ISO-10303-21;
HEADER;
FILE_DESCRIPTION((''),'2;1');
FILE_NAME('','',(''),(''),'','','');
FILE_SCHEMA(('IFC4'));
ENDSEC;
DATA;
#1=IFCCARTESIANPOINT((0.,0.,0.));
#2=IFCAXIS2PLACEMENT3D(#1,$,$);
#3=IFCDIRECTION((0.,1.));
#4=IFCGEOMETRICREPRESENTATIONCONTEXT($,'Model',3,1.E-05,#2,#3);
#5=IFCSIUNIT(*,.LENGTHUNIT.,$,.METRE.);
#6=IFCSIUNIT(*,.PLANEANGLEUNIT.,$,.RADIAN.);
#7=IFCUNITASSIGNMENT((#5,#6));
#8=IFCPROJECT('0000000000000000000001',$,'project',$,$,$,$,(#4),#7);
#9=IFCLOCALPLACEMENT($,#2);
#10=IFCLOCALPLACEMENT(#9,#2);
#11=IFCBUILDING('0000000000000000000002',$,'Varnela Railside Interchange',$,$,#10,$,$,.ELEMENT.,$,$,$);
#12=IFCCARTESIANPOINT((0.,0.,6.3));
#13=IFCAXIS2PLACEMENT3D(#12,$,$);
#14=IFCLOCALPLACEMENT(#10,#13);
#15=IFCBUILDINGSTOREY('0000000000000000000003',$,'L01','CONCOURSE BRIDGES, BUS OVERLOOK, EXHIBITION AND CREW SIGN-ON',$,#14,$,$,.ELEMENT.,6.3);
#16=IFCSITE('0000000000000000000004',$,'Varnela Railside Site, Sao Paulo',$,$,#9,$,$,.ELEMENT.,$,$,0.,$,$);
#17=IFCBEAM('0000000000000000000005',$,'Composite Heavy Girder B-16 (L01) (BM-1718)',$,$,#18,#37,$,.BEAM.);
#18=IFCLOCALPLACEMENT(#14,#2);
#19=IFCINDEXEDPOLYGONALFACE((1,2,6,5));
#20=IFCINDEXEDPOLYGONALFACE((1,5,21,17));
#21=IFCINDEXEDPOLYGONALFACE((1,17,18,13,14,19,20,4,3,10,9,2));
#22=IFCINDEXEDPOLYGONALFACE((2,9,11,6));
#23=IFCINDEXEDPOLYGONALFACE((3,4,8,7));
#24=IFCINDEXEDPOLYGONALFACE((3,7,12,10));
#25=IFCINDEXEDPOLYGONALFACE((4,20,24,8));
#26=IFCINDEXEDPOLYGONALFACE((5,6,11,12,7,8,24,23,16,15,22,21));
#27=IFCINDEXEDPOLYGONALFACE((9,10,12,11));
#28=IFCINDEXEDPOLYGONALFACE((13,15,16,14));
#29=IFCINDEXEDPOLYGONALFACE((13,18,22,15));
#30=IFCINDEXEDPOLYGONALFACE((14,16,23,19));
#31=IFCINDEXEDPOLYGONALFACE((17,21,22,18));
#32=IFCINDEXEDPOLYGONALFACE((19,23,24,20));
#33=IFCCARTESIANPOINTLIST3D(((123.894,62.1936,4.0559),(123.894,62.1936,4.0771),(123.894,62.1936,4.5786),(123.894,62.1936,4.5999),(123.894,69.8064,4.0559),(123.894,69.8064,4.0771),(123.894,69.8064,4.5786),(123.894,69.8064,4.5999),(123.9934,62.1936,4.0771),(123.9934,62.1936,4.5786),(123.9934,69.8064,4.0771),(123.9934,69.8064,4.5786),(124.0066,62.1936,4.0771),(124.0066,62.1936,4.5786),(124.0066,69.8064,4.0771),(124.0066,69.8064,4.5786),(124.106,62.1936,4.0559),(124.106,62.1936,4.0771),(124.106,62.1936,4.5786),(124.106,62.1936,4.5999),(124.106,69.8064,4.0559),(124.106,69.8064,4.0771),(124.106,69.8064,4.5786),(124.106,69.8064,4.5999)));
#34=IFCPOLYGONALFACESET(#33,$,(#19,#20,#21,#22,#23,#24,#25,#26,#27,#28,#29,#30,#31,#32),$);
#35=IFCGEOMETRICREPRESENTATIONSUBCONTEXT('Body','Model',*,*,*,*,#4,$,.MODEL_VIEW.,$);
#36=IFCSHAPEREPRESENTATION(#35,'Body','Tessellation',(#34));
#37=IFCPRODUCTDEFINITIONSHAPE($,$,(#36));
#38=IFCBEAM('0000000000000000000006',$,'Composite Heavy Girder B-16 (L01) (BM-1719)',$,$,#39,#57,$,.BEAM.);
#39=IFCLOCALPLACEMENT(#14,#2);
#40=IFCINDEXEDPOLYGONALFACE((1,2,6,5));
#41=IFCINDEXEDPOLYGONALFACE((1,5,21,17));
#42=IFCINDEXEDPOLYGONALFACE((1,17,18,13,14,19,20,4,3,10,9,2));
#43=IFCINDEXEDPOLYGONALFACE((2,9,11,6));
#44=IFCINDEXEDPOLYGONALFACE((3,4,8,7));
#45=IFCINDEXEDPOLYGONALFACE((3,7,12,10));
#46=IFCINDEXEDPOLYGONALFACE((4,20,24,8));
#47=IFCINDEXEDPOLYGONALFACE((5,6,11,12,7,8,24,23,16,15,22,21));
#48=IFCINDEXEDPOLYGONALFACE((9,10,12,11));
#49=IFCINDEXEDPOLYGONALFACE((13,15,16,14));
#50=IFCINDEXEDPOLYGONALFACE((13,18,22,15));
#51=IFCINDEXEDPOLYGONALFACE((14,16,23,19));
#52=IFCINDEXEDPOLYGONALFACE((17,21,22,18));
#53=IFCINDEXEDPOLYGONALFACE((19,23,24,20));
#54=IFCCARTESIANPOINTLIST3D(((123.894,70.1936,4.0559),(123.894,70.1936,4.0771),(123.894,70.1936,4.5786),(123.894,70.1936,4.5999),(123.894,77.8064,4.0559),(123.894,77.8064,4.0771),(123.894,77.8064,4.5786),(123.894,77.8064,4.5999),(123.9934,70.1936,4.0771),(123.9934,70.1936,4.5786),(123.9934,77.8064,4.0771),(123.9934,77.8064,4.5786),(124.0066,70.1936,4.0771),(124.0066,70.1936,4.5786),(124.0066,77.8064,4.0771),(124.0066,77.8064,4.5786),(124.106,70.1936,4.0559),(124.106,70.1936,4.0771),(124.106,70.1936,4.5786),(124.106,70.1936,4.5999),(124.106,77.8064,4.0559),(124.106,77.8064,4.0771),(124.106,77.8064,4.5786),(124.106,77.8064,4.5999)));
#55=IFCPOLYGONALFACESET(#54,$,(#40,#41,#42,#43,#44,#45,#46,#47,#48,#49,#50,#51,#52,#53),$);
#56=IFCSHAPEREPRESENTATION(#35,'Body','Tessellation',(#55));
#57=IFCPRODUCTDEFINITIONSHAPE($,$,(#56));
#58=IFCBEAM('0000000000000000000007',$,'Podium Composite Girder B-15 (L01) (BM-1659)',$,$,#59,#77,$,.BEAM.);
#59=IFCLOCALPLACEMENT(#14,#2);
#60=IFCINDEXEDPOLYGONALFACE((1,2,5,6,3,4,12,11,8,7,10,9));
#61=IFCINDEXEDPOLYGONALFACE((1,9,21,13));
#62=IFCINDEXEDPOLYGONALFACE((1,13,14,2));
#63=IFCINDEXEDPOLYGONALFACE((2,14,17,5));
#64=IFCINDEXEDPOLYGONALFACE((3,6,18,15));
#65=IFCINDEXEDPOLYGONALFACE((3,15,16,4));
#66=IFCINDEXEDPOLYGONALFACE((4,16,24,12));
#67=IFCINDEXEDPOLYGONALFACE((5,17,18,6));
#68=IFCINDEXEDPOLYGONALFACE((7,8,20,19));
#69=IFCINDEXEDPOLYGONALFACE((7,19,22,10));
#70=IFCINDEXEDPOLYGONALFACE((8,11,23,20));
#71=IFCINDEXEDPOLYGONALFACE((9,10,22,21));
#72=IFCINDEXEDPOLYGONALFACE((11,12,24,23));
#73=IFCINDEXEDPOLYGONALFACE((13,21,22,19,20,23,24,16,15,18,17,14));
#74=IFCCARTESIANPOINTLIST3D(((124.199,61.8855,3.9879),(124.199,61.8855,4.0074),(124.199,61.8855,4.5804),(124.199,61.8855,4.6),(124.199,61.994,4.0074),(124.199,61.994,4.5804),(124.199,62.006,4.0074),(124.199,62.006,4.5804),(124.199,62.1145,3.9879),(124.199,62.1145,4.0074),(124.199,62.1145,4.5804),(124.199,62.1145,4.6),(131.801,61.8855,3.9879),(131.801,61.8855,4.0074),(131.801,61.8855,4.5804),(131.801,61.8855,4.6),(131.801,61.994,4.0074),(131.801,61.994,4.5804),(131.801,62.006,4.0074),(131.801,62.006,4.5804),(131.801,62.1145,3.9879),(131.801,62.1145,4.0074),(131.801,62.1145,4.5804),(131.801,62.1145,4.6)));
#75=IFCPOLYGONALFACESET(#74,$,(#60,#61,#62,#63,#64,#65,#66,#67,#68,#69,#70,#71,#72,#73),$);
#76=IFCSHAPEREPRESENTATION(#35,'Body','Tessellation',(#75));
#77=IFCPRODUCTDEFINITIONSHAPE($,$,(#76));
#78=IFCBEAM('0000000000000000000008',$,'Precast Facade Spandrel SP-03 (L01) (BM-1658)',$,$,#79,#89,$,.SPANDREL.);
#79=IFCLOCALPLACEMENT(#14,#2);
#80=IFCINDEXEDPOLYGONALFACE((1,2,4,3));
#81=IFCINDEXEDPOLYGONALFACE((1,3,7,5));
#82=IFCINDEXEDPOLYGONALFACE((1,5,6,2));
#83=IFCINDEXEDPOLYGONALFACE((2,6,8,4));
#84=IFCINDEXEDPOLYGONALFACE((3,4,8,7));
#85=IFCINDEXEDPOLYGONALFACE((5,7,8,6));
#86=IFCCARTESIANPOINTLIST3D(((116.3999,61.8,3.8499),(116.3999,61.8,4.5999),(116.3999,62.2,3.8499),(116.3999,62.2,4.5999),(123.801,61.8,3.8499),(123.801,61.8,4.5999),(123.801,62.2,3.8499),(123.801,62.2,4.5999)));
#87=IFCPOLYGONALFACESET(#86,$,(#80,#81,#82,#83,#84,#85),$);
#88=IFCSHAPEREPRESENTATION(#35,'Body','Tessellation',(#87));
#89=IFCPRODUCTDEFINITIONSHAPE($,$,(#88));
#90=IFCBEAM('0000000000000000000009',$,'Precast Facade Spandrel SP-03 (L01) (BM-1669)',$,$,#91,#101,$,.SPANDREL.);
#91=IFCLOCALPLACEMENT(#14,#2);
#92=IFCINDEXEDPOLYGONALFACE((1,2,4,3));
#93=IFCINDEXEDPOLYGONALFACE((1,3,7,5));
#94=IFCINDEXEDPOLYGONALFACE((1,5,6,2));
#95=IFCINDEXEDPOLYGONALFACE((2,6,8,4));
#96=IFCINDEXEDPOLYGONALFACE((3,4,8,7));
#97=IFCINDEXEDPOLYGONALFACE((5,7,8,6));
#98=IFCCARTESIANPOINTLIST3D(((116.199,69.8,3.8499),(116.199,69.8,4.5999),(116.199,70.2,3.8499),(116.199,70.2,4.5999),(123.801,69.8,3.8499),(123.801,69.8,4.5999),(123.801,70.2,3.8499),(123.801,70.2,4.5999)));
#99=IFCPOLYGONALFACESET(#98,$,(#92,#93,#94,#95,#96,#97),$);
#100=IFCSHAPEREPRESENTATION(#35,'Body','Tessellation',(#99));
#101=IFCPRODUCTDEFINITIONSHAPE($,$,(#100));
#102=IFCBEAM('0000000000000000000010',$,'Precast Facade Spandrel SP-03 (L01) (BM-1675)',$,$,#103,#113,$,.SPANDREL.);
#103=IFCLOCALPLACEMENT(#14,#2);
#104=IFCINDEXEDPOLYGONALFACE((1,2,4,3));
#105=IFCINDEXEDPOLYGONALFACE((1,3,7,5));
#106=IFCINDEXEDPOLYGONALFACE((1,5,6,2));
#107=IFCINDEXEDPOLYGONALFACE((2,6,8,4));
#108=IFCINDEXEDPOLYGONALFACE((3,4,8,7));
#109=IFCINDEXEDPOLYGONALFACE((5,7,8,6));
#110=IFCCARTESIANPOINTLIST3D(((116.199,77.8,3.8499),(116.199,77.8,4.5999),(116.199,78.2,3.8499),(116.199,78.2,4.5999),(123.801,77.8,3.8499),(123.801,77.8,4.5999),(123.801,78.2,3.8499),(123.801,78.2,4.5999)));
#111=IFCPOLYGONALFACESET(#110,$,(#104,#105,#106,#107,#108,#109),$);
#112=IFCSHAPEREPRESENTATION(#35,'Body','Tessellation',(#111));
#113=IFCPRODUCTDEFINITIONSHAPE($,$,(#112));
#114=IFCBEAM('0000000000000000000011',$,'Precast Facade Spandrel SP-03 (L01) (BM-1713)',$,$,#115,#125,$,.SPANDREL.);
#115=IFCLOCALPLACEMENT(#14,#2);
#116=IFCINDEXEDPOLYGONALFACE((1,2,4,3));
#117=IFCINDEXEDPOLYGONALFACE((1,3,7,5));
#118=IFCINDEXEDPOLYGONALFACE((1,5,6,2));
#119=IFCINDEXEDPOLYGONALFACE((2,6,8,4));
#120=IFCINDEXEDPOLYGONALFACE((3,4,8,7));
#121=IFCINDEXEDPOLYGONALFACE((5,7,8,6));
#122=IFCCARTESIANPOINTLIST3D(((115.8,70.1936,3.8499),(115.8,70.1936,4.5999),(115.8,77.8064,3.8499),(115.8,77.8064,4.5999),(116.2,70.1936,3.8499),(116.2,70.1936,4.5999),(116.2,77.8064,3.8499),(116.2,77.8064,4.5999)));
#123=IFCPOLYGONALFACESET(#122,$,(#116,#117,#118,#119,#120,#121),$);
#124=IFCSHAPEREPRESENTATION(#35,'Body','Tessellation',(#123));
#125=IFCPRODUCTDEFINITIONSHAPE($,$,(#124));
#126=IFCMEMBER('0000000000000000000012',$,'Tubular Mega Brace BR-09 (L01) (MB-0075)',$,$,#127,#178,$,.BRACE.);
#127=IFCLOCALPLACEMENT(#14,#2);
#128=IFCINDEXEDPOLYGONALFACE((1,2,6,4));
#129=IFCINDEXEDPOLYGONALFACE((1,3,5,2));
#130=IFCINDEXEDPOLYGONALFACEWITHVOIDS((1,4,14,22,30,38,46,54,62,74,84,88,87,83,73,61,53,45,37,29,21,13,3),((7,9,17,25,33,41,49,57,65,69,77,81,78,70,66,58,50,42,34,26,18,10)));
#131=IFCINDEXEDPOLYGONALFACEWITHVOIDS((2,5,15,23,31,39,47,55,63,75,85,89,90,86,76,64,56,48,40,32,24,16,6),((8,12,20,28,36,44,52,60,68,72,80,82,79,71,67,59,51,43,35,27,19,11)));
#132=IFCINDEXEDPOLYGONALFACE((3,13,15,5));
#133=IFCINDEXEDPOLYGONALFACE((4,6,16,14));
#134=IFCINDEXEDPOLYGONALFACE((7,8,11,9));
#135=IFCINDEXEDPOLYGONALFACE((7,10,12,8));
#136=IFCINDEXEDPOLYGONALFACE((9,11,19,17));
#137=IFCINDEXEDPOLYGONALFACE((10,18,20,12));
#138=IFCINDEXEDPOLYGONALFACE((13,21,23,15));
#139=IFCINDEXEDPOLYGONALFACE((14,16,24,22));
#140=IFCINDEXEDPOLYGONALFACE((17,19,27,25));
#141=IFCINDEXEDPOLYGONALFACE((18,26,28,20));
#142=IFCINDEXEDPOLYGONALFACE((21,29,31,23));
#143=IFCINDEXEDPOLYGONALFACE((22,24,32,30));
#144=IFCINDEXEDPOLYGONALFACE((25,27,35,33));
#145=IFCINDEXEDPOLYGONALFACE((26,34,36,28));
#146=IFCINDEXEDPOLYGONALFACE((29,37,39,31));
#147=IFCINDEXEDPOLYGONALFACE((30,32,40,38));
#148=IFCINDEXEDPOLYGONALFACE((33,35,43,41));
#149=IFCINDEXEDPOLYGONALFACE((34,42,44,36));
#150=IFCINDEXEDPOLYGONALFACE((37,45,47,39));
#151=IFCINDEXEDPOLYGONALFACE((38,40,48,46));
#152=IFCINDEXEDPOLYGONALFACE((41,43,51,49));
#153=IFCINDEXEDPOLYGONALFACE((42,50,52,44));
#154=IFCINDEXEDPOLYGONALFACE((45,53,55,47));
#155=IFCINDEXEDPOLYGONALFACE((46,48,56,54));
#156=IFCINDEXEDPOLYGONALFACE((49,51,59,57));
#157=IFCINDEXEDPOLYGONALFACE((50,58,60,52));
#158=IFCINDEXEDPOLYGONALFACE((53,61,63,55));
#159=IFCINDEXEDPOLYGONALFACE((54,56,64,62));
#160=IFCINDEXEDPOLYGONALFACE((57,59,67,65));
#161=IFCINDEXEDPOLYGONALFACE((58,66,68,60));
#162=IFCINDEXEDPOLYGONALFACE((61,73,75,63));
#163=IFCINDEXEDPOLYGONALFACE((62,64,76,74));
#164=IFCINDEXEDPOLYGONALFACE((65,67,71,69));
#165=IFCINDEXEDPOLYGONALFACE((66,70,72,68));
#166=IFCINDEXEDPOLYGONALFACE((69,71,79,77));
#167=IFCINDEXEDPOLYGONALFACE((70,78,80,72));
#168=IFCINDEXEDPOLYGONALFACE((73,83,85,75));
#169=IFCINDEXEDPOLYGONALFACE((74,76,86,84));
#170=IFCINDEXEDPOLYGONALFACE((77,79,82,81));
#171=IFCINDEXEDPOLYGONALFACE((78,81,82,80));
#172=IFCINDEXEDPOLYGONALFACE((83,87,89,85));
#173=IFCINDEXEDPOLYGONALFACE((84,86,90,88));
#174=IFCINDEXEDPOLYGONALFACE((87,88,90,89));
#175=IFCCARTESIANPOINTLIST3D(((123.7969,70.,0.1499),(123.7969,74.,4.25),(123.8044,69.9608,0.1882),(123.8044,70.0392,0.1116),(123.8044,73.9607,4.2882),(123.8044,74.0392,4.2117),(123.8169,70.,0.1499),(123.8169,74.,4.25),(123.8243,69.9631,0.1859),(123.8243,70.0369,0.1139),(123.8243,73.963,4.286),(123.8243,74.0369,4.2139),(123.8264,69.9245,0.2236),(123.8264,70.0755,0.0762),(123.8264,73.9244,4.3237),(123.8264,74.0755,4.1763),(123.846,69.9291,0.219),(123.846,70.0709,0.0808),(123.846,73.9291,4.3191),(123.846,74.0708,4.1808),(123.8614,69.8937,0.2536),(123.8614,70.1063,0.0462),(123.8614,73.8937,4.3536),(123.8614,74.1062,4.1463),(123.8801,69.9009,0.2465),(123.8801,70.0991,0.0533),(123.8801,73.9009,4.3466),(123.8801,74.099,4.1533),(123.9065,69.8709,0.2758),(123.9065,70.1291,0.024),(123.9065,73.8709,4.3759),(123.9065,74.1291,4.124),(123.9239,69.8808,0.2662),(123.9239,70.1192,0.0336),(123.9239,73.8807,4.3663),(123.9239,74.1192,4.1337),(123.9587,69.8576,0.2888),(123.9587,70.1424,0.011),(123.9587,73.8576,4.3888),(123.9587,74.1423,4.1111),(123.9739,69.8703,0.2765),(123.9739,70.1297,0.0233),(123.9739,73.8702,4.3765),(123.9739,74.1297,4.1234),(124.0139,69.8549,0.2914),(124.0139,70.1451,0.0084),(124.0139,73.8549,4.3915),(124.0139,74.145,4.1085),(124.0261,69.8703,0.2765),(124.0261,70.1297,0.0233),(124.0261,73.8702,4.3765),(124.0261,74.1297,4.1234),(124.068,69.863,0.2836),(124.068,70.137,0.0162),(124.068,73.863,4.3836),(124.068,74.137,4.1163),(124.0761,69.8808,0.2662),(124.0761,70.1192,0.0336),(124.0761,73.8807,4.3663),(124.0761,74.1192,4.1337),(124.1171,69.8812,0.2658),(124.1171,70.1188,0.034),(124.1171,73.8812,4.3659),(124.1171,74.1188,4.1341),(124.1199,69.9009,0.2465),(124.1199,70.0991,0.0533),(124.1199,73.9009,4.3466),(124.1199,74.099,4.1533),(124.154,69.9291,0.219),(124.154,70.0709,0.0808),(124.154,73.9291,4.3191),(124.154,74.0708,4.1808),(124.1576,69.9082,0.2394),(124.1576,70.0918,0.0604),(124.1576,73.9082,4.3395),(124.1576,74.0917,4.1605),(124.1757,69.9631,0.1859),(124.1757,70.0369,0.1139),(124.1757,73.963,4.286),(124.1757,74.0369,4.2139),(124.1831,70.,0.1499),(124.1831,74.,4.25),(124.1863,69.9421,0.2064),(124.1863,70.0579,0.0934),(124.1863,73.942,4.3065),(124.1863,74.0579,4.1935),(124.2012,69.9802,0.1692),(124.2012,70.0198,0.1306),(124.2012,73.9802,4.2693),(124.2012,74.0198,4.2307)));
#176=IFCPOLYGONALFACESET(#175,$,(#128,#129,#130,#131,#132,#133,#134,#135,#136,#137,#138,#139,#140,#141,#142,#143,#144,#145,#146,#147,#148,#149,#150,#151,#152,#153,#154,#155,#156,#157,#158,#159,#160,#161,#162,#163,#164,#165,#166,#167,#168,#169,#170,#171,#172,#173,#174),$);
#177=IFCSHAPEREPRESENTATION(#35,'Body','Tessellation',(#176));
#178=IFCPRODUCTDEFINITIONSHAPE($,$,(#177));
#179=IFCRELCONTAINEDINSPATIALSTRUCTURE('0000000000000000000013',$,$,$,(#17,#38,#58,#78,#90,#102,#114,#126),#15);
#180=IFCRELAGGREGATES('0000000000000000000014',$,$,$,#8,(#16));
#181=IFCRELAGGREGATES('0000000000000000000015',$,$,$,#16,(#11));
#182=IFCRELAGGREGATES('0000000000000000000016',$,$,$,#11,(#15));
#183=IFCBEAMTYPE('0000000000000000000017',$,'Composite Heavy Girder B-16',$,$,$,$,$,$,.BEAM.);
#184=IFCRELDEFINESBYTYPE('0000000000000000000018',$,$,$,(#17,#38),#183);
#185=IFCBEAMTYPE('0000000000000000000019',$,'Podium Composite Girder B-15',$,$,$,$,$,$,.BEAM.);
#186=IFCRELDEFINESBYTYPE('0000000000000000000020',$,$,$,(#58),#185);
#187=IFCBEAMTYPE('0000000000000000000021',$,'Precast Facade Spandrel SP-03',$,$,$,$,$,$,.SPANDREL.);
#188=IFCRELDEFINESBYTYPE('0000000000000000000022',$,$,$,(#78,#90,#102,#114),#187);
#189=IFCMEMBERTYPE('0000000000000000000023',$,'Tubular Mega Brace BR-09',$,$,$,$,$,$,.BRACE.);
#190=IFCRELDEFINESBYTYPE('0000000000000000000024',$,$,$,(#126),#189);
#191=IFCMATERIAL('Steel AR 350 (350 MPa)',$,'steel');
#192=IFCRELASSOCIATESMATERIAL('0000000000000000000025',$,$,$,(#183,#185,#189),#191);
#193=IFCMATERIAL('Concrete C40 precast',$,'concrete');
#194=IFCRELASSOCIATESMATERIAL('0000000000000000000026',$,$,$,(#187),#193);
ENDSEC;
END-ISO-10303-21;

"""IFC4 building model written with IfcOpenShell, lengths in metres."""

from ifc_helpers import new_model, si_unit, direction, frame, origin, origin_2d, place, context, subcontext, project, spatial, rectangle, hollow_circle, i_section, extrude, material, material_profile, profile_set, type_object, element, save


model = new_model("IFC4")

# Units and contexts
model_context = context("Model", 3, precision=1e-05, world=origin(), true_north=direction((0.0, 1.0)))
body_context = subcontext(model_context, "Body", "Model", "MODEL_VIEW")
ifc_project = project(units=[si_unit("LENGTHUNIT", "METRE"), si_unit("PLANEANGLEUNIT", "RADIAN")], contexts=[model_context])

# Site, building, storey
site_placement = place(None, origin())
site = spatial("IfcSite", under=ifc_project, at=site_placement, Name="Varnela Railside Site, Sao Paulo", CompositionType="ELEMENT", RefElevation=0.0)
building_placement = place(site_placement, origin())
building = spatial("IfcBuilding", under=site, at=building_placement, Name="Varnela Railside Interchange", CompositionType="ELEMENT")
storey_placement = place(building_placement, frame((0.0, 0.0, 6.3)))
storey = spatial("IfcBuildingStorey", under=building, at=storey_placement, Name="L01", Description="CONCOURSE BRIDGES, BUS OVERLOOK, EXHIBITION AND CREW SIGN-ON", CompositionType="ELEMENT", Elevation=6.3)

# Shared definitions
ifc_material_1 = material(Name="Steel AR 350 (350 MPa)", Category="steel")

# Beams
ifc_material_profile_1 = material_profile(ifc_material_1, i_section(OverallWidth=0.2119, OverallDepth=0.5439, WebThickness=0.0132, FlangeThickness=0.0212, at=origin_2d()), Name="W530x123")
ifc_profile_set_1 = profile_set([ifc_material_profile_1], Name="Steel AR 350 (350 MPa)")
beam_type_1 = type_object("IfcBeamType", Name="Composite Heavy Girder B-16", PredefinedType="BEAM", material=ifc_profile_set_1)
for number, where, z_axis, x_axis, name in (
    (1, (124.0, 62.1936, 4.3279), (0.0, 1.0, 0.0), (-1.0, 0.0, 0.0), "Composite Heavy Girder B-16 (L01) (BM-1718)"),
    (2, (124.0, 70.1936, 4.3279), (0.0, 1.0, 0.0), (-1.0, 0.0, 0.0), "Composite Heavy Girder B-16 (L01) (BM-1719)"),
):
    element("IfcBeam", number, at=place(storey_placement, frame(where, z_axis=z_axis, x_axis=x_axis)), inside=storey, type_object=beam_type_1, Name=name, PredefinedType="BEAM", context=body_context, shape_type="SweptSolid", body=[
        extrude(i_section(OverallWidth=0.2119, OverallDepth=0.5439, WebThickness=0.0132, FlangeThickness=0.0212, at=origin_2d()), origin(), (0.0, 0.0, 1.0), 7.6128),
    ])
ifc_material_profile_2 = material_profile(ifc_material_1, i_section(OverallWidth=0.229, OverallDepth=0.6121, WebThickness=0.012, FlangeThickness=0.0195, at=origin_2d()), Name="W610x125")
ifc_profile_set_2 = profile_set([ifc_material_profile_2], Name="Steel AR 350 (350 MPa)")
beam_type_2 = type_object("IfcBeamType", Name="Podium Composite Girder B-15", PredefinedType="BEAM", material=ifc_profile_set_2)
beam_1_placement = place(storey_placement, frame((124.199, 62.0, 4.2939), z_axis=(1.0, 0.0, 0.0), x_axis=(0.0, 1.0, 0.0)))
element("IfcBeam", 3, at=beam_1_placement, inside=storey, type_object=beam_type_2, Name="Podium Composite Girder B-15 (L01) (BM-1659)", PredefinedType="BEAM", context=body_context, shape_type="SweptSolid", body=[
    extrude(i_section(OverallWidth=0.229, OverallDepth=0.6121, WebThickness=0.012, FlangeThickness=0.0195, at=origin_2d()), origin(), (0.0, 0.0, 1.0), 7.6021),
])
ifc_material_2 = material(Name="Concrete C40 precast", Category="concrete")
ifc_material_profile_3 = material_profile(ifc_material_2, rectangle(XDim=0.3999, YDim=0.75, at=origin_2d()), Name="PC 400x750")
ifc_profile_set_3 = profile_set([ifc_material_profile_3], Name="Concrete C40 precast")
beam_type_3 = type_object("IfcBeamType", Name="Precast Facade Spandrel SP-03", PredefinedType="SPANDREL", material=ifc_profile_set_3)
beam_2_placement = place(storey_placement, frame((116.3999, 62.0, 4.2249), z_axis=(1.0, 0.0, 0.0), x_axis=(0.0, 1.0, 0.0)))
element("IfcBeam", 4, at=beam_2_placement, inside=storey, type_object=beam_type_3, Name="Precast Facade Spandrel SP-03 (L01) (BM-1658)", PredefinedType="SPANDREL", context=body_context, shape_type="SweptSolid", body=[
    extrude(rectangle(XDim=0.3999, YDim=0.75, at=origin_2d()), origin(), (0.0, 0.0, 1.0), 7.4011),
])
for number, where, z_axis, x_axis, name in (
    (5, (116.199, 70.0, 4.2249), (1.0, 0.0, 0.0), (0.0, 1.0, 0.0), "Precast Facade Spandrel SP-03 (L01) (BM-1669)"),
    (6, (116.199, 78.0, 4.2249), (1.0, 0.0, 0.0), (0.0, 1.0, 0.0), "Precast Facade Spandrel SP-03 (L01) (BM-1675)"),
):
    element("IfcBeam", number, at=place(storey_placement, frame(where, z_axis=z_axis, x_axis=x_axis)), inside=storey, type_object=beam_type_3, Name=name, PredefinedType="SPANDREL", context=body_context, shape_type="SweptSolid", body=[
        extrude(rectangle(XDim=0.3999, YDim=0.75, at=origin_2d()), origin(), (0.0, 0.0, 1.0), 7.6021),
    ])
beam_3_placement = place(storey_placement, frame((116.0, 70.1936, 4.2249), z_axis=(0.0, 1.0, 0.0), x_axis=(-1.0, 0.0, 0.0)))
element("IfcBeam", 7, at=beam_3_placement, inside=storey, type_object=beam_type_3, Name="Precast Facade Spandrel SP-03 (L01) (BM-1713)", PredefinedType="SPANDREL", context=body_context, shape_type="SweptSolid", body=[
    extrude(rectangle(XDim=0.3999, YDim=0.75, at=origin_2d()), origin(), (0.0, 0.0, 1.0), 7.6128),
])

# Member
ifc_material_profile_4 = material_profile(ifc_material_1, hollow_circle(Radius=0.2031, WallThickness=0.02, at=origin_2d()), Name="CHS 406.4x20")
ifc_profile_set_4 = profile_set([ifc_material_profile_4], Name="Steel AR 350 (350 MPa)")
member_type = type_object("IfcMemberType", Name="Tubular Mega Brace BR-09", PredefinedType="BRACE", material=ifc_profile_set_4)
for number, where, z_axis, x_axis, name in (
    (8, (124.0, 70.0, 0.1499), (0.0, 0.698315, 0.71579), (-1.0, 0.0, 0.0), "Tubular Mega Brace BR-09 (L01) (MB-0075)"),
):
    element("IfcMember", number, at=place(storey_placement, frame(where, z_axis=z_axis, x_axis=x_axis)), inside=storey, type_object=member_type, Name=name, PredefinedType="BRACE", context=body_context, shape_type="SweptSolid", body=[
        extrude(hollow_circle(Radius=0.2031, WallThickness=0.02, at=origin_2d()), origin(), (0.0, 0.0, 1.0), 5.728),
    ])

save(model, "model.ifc")
